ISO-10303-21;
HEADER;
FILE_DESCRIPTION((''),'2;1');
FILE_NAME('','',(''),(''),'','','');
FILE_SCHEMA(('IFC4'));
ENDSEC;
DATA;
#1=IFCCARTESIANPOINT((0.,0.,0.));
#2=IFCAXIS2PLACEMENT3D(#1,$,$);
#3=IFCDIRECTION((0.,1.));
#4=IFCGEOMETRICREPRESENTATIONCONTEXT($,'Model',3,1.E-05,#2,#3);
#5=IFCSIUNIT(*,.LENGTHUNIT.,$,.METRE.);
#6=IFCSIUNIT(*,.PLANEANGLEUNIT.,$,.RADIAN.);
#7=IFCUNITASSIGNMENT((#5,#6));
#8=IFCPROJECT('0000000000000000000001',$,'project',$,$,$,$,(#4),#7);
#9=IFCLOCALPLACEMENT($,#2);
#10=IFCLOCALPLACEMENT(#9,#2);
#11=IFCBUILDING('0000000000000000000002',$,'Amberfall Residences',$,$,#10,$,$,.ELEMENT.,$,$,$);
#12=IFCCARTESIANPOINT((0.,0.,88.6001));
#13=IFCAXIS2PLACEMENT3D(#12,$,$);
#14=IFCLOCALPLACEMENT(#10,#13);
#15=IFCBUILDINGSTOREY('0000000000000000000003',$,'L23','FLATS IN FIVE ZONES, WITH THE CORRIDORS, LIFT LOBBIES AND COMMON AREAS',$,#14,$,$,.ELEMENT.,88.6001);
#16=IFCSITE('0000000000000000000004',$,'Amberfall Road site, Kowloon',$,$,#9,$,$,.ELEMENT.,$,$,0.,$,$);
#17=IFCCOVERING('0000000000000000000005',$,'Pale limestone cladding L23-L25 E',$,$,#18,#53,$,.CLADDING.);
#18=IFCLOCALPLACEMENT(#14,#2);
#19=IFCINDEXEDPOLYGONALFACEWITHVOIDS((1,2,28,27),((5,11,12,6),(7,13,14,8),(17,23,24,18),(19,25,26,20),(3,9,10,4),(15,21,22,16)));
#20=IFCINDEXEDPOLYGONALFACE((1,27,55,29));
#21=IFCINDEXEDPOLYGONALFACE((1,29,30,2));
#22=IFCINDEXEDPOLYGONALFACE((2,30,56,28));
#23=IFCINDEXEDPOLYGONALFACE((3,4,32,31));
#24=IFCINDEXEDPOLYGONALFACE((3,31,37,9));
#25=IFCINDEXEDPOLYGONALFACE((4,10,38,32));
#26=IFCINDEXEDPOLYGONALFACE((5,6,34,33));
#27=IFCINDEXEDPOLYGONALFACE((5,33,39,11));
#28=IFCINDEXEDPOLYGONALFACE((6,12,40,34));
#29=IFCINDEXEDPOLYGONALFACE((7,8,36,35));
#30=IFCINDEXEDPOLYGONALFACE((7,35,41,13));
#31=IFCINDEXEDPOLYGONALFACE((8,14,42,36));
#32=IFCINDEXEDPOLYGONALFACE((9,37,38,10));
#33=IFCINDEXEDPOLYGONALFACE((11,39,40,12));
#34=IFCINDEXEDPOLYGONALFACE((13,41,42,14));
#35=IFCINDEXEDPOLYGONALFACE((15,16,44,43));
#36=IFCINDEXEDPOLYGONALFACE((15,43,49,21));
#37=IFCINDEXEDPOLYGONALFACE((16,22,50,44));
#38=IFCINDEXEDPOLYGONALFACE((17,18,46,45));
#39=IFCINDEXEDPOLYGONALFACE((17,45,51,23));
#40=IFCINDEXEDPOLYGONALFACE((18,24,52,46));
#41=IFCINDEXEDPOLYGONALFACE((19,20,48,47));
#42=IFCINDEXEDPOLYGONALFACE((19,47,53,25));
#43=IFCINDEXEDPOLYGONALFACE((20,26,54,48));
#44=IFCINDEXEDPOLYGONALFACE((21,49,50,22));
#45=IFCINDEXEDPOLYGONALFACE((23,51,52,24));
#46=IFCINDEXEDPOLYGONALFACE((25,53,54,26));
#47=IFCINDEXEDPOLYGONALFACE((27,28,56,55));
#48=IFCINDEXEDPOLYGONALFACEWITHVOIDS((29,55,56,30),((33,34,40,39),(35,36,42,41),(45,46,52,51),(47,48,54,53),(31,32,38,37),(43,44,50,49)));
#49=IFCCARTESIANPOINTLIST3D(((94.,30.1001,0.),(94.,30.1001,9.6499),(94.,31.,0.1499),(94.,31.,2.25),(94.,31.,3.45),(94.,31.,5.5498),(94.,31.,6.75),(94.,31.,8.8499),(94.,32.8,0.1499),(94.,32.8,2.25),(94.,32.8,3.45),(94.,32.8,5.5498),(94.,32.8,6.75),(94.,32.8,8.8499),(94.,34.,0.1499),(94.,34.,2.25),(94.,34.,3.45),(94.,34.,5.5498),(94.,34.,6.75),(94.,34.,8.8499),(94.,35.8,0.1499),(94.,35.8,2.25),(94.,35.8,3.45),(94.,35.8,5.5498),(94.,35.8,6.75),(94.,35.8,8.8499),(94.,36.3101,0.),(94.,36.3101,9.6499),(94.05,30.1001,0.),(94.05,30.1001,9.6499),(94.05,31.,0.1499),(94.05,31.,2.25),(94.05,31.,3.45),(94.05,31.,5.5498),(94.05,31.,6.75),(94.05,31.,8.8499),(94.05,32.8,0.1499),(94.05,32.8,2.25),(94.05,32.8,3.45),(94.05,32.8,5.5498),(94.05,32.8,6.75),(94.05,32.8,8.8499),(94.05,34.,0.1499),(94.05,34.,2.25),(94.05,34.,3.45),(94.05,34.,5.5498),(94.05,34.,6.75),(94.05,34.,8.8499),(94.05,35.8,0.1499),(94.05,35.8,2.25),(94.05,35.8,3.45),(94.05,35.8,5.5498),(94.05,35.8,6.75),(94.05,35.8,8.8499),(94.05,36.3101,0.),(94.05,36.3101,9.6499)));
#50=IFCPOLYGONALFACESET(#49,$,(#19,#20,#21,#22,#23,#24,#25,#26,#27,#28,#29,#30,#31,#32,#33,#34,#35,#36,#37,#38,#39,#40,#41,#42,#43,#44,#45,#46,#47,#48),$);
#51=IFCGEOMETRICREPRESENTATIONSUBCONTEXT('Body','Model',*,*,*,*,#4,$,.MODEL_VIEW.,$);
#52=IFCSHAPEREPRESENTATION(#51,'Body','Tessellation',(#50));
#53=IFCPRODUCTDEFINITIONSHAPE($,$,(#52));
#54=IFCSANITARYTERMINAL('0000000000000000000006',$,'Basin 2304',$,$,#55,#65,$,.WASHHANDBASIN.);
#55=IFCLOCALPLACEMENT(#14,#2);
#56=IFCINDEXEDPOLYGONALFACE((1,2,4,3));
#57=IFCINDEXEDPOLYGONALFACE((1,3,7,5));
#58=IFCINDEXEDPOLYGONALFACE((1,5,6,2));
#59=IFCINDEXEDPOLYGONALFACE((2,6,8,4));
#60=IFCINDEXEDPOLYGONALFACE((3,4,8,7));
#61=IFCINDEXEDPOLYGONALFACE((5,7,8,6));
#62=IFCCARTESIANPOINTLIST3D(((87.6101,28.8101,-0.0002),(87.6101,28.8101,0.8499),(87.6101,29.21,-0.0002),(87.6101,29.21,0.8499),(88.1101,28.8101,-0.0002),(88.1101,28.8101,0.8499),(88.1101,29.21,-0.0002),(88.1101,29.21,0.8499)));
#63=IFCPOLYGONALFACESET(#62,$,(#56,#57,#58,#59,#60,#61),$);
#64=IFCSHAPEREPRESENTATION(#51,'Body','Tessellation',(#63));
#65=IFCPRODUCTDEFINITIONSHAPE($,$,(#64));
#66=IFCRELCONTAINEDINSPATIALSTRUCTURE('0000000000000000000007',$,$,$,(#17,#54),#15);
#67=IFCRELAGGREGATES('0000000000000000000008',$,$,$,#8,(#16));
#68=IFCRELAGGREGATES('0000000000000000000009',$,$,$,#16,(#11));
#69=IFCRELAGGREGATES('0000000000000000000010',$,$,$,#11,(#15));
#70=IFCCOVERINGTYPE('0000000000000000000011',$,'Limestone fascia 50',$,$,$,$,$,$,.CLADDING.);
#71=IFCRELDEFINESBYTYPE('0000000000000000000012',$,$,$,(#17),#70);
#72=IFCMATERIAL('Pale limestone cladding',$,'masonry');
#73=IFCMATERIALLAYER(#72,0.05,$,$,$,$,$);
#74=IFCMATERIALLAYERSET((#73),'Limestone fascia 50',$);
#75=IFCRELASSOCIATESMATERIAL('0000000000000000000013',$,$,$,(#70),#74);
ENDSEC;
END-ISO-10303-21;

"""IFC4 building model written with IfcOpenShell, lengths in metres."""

from ifc_helpers import new_model, si_unit, direction, frame, origin, origin_2d, place, context, subcontext, project, spatial, polyline, rectangle, outline, extrude, material, layer, layer_set, type_object, element, save


model = new_model("IFC4")

# Units and contexts
model_context = context("Model", 3, precision=1e-05, world=origin(), true_north=direction((0.0, 1.0)))
body_context = subcontext(model_context, "Body", "Model", "MODEL_VIEW")
ifc_project = project(units=[si_unit("LENGTHUNIT", "METRE"), si_unit("PLANEANGLEUNIT", "RADIAN")], contexts=[model_context])

# Site, building, storey
site_placement = place(None, origin())
site = spatial("IfcSite", under=ifc_project, at=site_placement, Name="Amberfall Road site, Kowloon", CompositionType="ELEMENT", RefElevation=0.0)
building_placement = place(site_placement, origin())
building = spatial("IfcBuilding", under=site, at=building_placement, Name="Amberfall Residences", CompositionType="ELEMENT")
storey_placement = place(building_placement, frame((0.0, 0.0, 88.6001)))
storey = spatial("IfcBuildingStorey", under=building, at=storey_placement, Name="L23", Description="FLATS IN FIVE ZONES, WITH THE CORRIDORS, LIFT LOBBIES AND COMMON AREAS", CompositionType="ELEMENT", Elevation=88.6001)

# Covering
ifc_material_1 = material(Name="Pale limestone cladding", Category="masonry")
ifc_layer_1 = layer(ifc_material_1, 0.05)
ifc_layer_set_1 = layer_set([ifc_layer_1], Name="Limestone fascia 50")
covering_type = type_object("IfcCoveringType", Name="Limestone fascia 50", PredefinedType="CLADDING", material=ifc_layer_set_1)
covering_placement = place(storey_placement, frame((94.0, 30.1001, 9.6499), z_axis=(-1.0, 0.0, 0.0), x_axis=(0.0, 1.0, 0.0)))
element("IfcCovering", 1, at=covering_placement, inside=storey, type_object=covering_type, Name="Pale limestone cladding L23-L25 E", PredefinedType="CLADDING", context=body_context, shape_type="SweptSolid", body=[
    extrude(outline(polyline([(0.0, 0.0), (6.21, 0.0), (6.21, 9.6499), (0.0, 9.6499), (0.0, 0.0)]), holes=[polyline([(0.8999, 7.3999), (2.7, 7.3999), (2.7, 9.5), (0.8999, 9.5), (0.8999, 7.3999)]), polyline([(3.8999, 7.3999), (5.7, 7.3999), (5.7, 9.5), (3.8999, 9.5), (3.8999, 7.3999)]), polyline([(0.8999, 4.1001), (2.7, 4.1001), (2.7, 6.2), (0.8999, 6.2), (0.8999, 4.1001)]), polyline([(3.8999, 4.1001), (5.7, 4.1001), (5.7, 6.2), (3.8999, 6.2), (3.8999, 4.1001)]), polyline([(0.8999, 0.8), (2.7, 0.8), (2.7, 2.8999), (0.8999, 2.8999), (0.8999, 0.8)]), polyline([(3.8999, 0.8), (5.7, 0.8), (5.7, 2.8999), (3.8999, 2.8999), (3.8999, 0.8)])]), origin(), (0.0, 0.0, -1.0), 0.05),
])

# Sanitary terminal
sanitary_terminal_placement = place(storey_placement, frame((87.8601, 29.01, -0.0002), z_axis=(0.0, 0.0, 1.0), x_axis=(1.0, 0.0, 0.0)))
element("IfcSanitaryTerminal", 2, at=sanitary_terminal_placement, inside=storey, Name="Basin 2304", PredefinedType="WASHHANDBASIN", context=body_context, shape_type="SweptSolid", body=[
    extrude(rectangle(XDim=0.5, YDim=0.3999, at=origin_2d()), origin(), (0.0, 0.0, 1.0), 0.8501),
])

save(model, "model.ifc")
